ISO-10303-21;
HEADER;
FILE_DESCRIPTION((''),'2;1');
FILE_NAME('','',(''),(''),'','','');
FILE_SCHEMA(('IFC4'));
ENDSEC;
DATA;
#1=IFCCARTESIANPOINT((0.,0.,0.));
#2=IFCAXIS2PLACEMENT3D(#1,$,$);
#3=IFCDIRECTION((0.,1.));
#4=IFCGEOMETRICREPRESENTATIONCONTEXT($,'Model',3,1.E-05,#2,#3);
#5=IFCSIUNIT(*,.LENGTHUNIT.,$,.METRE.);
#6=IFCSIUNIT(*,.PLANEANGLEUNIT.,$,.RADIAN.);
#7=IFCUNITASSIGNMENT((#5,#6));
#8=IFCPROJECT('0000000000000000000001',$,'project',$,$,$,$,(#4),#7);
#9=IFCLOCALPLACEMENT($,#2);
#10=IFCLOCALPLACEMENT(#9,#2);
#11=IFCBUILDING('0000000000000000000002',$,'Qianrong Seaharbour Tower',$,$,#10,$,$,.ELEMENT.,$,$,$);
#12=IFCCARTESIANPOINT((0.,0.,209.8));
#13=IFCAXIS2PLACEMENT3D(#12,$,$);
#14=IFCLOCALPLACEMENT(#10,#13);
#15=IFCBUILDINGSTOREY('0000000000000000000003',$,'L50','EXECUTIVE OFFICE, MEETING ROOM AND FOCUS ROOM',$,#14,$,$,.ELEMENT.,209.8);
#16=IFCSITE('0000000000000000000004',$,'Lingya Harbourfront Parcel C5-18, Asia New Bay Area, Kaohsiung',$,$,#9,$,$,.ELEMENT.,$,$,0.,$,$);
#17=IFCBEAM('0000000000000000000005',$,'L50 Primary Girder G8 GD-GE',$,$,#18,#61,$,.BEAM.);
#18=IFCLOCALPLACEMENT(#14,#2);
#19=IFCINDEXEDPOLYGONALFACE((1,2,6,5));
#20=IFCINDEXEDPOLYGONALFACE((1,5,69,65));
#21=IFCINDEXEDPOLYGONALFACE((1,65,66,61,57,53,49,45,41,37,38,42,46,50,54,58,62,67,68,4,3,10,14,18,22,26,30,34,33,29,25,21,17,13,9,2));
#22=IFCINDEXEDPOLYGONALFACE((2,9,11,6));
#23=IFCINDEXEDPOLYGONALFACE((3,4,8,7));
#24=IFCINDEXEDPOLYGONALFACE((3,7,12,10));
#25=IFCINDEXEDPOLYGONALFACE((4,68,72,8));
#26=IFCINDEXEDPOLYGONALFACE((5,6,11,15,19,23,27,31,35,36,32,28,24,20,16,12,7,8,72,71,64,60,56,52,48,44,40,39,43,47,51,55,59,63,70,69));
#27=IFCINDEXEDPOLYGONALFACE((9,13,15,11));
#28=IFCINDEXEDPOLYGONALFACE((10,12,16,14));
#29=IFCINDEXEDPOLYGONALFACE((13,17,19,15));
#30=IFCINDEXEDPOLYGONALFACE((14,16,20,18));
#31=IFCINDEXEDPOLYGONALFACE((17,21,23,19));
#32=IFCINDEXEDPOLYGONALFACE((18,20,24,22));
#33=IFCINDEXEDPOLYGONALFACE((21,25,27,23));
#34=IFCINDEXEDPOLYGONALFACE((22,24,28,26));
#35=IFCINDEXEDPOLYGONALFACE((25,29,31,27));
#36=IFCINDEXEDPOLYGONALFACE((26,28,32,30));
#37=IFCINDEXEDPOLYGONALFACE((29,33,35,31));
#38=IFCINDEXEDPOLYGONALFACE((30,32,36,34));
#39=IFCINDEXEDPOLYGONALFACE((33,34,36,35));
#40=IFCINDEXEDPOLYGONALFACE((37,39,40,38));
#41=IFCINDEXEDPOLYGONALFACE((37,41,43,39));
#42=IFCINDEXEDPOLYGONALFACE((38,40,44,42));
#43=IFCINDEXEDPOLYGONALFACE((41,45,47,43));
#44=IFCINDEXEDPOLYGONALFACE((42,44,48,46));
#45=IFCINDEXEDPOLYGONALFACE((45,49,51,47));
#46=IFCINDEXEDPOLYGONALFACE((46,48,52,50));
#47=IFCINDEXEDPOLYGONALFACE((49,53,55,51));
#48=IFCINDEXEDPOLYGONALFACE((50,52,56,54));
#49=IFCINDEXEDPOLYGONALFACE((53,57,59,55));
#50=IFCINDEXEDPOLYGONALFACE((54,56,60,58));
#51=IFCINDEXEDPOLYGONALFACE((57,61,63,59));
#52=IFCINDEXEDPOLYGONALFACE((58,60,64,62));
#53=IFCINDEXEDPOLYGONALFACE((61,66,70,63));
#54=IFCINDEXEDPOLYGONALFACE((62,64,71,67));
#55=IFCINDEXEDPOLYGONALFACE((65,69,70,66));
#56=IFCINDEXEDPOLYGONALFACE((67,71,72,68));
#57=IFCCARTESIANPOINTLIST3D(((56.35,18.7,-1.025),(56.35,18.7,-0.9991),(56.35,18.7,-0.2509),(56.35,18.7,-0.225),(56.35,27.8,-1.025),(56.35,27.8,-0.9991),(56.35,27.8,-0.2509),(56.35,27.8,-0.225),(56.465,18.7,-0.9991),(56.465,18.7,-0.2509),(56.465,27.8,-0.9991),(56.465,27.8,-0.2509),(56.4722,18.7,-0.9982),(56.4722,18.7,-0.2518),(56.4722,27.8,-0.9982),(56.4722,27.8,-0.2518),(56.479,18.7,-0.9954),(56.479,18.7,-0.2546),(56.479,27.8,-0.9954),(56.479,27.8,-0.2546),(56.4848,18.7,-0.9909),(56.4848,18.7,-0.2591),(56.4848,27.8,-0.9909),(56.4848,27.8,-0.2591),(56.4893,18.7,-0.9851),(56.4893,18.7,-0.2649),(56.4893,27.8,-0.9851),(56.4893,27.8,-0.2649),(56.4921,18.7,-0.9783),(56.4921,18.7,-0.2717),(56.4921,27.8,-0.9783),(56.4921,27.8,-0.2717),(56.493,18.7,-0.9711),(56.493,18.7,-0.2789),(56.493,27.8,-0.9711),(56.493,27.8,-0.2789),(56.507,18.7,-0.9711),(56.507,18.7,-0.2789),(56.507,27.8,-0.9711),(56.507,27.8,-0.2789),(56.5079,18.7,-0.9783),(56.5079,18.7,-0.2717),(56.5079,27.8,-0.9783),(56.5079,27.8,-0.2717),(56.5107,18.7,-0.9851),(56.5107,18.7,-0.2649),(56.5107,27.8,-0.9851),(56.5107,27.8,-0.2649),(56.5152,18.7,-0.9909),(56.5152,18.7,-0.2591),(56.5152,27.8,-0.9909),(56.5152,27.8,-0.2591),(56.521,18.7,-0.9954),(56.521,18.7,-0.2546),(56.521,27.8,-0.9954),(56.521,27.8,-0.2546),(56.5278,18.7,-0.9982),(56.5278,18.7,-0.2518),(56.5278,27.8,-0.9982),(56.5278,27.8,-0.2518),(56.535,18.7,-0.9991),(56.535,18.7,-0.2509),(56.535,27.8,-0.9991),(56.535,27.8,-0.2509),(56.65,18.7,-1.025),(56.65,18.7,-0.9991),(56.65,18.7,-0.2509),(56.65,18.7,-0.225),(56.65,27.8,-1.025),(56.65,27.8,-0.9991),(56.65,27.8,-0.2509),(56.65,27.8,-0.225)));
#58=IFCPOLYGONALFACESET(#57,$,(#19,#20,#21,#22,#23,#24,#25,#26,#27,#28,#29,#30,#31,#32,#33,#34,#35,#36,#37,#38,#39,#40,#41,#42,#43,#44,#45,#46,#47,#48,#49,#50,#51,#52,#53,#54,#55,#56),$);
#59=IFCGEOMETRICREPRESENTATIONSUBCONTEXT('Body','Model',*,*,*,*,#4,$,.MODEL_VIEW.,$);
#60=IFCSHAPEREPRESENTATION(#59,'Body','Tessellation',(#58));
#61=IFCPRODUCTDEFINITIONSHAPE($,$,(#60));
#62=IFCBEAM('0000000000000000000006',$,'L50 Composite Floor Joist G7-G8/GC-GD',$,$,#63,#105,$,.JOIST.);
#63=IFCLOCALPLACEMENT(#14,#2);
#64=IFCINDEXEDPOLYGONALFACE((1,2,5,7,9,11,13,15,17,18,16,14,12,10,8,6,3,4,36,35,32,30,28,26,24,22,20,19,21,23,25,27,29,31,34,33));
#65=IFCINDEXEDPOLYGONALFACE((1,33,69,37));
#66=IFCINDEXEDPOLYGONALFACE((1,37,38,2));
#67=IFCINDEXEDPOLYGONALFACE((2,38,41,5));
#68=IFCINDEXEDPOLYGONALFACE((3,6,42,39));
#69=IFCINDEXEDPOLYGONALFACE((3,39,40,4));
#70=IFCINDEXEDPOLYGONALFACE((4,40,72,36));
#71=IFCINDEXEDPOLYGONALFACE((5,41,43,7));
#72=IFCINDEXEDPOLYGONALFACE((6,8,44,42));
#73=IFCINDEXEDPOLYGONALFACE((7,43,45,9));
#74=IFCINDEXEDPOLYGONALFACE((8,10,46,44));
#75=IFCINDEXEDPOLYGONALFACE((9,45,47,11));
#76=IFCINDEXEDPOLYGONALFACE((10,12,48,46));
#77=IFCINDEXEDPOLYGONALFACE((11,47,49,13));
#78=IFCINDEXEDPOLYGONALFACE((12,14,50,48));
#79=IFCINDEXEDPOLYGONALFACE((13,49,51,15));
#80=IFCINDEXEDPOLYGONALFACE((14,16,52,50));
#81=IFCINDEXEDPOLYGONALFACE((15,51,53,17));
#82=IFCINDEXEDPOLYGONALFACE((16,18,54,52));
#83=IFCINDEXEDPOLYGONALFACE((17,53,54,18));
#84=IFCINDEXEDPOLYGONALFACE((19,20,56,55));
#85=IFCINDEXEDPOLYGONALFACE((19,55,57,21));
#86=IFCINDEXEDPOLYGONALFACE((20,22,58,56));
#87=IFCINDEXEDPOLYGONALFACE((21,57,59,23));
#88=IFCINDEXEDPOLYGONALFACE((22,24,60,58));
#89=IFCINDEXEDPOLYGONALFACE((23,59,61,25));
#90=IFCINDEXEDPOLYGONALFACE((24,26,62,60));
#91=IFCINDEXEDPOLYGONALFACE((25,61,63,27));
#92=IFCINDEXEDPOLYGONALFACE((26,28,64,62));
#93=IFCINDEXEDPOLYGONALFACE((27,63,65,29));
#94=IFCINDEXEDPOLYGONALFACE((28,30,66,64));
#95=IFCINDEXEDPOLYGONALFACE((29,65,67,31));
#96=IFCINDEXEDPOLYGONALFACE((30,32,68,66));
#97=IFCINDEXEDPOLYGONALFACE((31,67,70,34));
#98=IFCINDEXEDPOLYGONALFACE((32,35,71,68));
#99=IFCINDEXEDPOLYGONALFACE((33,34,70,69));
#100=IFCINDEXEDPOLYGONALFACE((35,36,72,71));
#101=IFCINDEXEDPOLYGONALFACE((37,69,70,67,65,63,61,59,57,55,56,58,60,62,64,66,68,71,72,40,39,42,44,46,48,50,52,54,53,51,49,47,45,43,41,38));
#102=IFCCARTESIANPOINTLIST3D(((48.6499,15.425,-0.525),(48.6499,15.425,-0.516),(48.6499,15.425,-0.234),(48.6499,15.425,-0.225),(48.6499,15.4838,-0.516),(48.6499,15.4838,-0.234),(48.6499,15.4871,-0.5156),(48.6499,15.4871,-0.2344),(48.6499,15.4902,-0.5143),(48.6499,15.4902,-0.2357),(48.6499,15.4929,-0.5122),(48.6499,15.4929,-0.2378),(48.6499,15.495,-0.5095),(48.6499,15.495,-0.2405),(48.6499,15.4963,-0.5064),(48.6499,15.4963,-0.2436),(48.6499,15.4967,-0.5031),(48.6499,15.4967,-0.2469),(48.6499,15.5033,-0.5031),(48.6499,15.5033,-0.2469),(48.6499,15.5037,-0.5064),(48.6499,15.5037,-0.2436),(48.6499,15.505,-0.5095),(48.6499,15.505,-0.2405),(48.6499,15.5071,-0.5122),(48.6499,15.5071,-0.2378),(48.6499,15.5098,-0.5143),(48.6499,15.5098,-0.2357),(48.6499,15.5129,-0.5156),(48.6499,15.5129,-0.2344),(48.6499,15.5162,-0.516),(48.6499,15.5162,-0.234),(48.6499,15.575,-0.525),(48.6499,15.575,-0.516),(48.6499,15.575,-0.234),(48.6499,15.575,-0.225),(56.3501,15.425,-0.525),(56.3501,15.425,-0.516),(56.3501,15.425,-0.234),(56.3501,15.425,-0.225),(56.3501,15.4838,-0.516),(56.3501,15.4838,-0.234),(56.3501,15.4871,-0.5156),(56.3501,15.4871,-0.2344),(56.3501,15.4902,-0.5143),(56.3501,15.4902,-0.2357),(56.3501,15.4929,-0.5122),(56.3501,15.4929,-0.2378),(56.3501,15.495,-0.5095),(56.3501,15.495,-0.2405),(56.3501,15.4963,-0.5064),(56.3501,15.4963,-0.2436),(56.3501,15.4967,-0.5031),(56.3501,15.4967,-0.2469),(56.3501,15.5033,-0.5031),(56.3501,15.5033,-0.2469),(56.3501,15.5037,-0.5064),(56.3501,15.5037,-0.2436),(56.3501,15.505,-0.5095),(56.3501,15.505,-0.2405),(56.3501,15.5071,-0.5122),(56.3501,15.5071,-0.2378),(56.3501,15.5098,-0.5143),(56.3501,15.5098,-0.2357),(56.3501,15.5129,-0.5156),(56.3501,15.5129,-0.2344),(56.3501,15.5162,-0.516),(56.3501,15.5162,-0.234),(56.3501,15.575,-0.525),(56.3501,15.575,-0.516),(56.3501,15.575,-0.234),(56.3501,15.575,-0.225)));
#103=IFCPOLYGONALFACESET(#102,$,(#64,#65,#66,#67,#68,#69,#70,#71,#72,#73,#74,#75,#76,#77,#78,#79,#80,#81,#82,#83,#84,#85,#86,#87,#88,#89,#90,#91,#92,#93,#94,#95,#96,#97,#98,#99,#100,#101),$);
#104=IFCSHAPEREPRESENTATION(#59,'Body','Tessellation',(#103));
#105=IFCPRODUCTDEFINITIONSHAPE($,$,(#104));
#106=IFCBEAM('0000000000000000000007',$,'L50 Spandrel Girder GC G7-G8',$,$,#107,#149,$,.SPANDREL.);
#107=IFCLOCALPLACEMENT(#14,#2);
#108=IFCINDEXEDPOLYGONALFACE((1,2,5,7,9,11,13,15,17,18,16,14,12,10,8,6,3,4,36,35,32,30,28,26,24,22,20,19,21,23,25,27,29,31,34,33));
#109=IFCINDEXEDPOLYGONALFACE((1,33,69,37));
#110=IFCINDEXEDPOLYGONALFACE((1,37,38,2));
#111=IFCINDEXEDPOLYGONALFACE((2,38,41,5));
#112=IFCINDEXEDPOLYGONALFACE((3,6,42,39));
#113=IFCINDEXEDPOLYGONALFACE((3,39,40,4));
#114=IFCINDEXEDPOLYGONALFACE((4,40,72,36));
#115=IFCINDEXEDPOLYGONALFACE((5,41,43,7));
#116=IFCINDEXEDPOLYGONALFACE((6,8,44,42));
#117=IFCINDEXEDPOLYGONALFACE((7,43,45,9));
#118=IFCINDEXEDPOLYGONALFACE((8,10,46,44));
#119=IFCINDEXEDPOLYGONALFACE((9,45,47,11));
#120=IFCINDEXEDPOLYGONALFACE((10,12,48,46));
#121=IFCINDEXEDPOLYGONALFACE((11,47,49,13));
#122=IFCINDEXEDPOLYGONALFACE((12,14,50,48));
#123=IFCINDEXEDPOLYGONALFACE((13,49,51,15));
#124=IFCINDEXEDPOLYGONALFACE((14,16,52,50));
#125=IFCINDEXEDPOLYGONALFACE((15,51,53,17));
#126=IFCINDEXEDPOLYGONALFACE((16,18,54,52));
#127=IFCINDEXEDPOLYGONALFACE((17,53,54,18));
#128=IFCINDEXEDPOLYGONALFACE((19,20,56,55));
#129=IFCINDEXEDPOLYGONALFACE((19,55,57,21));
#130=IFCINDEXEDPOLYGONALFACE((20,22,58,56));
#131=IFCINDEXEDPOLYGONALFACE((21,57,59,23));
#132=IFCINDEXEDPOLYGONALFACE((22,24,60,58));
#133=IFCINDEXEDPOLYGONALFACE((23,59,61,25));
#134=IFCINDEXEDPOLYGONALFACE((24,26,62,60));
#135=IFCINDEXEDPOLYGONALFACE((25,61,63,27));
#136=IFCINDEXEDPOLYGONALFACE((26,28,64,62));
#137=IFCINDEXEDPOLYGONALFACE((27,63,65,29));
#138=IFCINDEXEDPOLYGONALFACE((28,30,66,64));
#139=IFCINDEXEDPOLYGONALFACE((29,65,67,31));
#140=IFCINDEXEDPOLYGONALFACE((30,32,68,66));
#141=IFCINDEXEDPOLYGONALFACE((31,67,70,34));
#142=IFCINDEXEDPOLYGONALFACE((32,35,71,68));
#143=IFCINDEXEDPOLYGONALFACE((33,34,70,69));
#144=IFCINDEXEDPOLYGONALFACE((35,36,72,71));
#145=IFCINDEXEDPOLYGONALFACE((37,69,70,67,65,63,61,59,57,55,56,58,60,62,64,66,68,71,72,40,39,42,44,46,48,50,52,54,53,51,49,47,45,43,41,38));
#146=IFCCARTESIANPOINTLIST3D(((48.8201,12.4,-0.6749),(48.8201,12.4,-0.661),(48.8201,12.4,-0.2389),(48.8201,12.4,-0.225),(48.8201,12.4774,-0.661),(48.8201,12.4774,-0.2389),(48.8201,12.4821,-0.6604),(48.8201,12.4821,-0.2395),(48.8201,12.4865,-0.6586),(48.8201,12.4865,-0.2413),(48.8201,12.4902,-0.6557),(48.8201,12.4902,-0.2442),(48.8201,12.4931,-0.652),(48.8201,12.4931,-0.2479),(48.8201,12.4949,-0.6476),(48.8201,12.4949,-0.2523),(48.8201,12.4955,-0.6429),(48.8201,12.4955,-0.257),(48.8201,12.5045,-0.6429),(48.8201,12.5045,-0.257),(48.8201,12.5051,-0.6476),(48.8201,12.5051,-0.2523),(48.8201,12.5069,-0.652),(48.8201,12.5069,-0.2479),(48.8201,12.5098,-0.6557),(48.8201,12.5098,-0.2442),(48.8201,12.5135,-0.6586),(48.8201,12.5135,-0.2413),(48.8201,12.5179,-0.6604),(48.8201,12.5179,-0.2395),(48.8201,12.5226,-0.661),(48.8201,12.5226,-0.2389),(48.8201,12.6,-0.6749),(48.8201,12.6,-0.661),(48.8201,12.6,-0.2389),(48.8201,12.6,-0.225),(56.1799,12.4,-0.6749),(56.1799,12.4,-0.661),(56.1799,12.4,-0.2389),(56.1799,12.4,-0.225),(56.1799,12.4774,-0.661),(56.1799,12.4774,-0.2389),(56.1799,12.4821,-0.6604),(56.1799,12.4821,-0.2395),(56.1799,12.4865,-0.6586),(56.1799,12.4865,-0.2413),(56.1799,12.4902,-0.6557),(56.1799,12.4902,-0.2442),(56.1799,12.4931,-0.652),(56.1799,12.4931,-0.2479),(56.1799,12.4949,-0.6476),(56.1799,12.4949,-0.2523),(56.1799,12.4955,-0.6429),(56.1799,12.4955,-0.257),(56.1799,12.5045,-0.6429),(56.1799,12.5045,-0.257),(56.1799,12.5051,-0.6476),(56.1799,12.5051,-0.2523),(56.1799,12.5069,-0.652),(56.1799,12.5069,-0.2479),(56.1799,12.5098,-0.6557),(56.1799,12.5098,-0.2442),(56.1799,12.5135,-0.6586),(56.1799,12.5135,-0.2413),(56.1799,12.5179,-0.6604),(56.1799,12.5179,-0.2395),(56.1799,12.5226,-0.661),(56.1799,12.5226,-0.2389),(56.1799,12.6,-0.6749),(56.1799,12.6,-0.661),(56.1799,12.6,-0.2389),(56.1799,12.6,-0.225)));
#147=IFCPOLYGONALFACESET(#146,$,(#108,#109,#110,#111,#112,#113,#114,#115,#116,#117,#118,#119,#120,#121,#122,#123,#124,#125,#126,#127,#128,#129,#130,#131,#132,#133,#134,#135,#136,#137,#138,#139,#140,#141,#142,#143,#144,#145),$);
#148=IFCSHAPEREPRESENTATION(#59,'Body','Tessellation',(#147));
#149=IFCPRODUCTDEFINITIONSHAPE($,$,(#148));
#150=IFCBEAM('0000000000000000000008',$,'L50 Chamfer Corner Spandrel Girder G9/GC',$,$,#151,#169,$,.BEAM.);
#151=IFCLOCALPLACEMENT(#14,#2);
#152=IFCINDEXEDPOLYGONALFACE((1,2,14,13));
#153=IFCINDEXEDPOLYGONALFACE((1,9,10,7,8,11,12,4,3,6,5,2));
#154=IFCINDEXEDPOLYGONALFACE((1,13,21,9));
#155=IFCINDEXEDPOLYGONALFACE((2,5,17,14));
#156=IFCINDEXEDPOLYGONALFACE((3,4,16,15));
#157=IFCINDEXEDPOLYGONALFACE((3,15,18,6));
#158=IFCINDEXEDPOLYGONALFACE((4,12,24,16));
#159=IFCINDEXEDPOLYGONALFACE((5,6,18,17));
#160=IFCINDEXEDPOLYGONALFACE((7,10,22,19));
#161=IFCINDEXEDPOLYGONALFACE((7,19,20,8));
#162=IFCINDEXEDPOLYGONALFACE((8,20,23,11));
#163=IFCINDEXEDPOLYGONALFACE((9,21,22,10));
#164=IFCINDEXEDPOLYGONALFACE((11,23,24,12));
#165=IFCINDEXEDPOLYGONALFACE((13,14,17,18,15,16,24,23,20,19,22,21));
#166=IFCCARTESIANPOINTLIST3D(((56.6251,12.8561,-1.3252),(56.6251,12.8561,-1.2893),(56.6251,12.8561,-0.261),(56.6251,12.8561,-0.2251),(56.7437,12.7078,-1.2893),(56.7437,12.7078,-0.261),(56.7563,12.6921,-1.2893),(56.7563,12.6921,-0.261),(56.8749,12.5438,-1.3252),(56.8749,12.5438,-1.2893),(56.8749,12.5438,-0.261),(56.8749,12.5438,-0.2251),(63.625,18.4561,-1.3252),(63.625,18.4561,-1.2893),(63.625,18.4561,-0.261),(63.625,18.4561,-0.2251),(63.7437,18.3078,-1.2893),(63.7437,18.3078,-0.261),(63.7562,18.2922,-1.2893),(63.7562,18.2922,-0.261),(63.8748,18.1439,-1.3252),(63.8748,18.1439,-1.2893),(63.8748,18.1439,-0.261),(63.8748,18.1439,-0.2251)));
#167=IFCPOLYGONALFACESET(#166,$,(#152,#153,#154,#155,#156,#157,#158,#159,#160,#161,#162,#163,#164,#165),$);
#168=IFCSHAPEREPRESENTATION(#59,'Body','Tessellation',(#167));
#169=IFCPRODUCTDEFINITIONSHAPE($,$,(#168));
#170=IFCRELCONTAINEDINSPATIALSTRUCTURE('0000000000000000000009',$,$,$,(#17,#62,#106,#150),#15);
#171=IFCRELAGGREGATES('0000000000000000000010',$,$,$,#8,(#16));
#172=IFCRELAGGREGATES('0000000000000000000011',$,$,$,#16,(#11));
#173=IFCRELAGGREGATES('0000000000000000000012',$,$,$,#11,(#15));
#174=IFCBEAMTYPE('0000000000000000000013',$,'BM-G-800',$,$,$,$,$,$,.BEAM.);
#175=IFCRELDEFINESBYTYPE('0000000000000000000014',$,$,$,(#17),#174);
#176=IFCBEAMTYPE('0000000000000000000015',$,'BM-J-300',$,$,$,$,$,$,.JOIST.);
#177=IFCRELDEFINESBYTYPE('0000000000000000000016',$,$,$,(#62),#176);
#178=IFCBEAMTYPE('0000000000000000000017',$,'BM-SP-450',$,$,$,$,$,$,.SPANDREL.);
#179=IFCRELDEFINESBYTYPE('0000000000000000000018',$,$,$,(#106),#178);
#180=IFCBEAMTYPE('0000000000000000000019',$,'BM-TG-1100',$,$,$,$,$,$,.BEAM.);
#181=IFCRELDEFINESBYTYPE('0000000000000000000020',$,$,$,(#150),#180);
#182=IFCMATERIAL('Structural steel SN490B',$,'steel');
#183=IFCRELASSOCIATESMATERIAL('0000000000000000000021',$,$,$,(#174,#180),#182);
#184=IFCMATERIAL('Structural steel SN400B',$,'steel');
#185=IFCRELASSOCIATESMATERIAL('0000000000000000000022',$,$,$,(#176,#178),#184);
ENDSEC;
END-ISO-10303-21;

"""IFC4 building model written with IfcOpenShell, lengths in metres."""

from ifc_helpers import new_model, si_unit, direction, frame, origin, origin_2d, place, context, subcontext, project, spatial, i_section, extrude, material, material_profile, profile_set, type_object, element, save


model = new_model("IFC4")

# Units and contexts
model_context = context("Model", 3, precision=1e-05, world=origin(), true_north=direction((0.0, 1.0)))
body_context = subcontext(model_context, "Body", "Model", "MODEL_VIEW")
ifc_project = project(units=[si_unit("LENGTHUNIT", "METRE"), si_unit("PLANEANGLEUNIT", "RADIAN")], contexts=[model_context])

# Site, building, storey
site_placement = place(None, origin())
site = spatial("IfcSite", under=ifc_project, at=site_placement, Name="Lingya Harbourfront Parcel C5-18, Asia New Bay Area, Kaohsiung", CompositionType="ELEMENT", RefElevation=0.0)
building_placement = place(site_placement, origin())
building = spatial("IfcBuilding", under=site, at=building_placement, Name="Qianrong Seaharbour Tower", CompositionType="ELEMENT")
storey_placement = place(building_placement, frame((0.0, 0.0, 209.8)))
storey = spatial("IfcBuildingStorey", under=building, at=storey_placement, Name="L50", Description="EXECUTIVE OFFICE, MEETING ROOM AND FOCUS ROOM", CompositionType="ELEMENT", Elevation=209.8)

# Shared definitions
ifc_material_1 = material(Name="Structural steel SN490B", Category="steel")

# Beams
ifc_material_profile_1 = material_profile(ifc_material_1, i_section(OverallWidth=0.3, OverallDepth=0.8, WebThickness=0.0139, FlangeThickness=0.0259, FilletRadius=0.0281, at=origin_2d()), Name="H800x300x14x26")
ifc_profile_set_1 = profile_set([ifc_material_profile_1], Name="Structural steel SN490B")
beam_type_1 = type_object("IfcBeamType", Name="BM-G-800", PredefinedType="BEAM", material=ifc_profile_set_1)
for number, where, z_axis, x_axis, name in (
    (1, (56.5, 18.7, -0.625), (0.0, 1.0, 0.0), (-1.0, 0.0, 0.0), "L50 Primary Girder G8 GD-GE"),
):
    element("IfcBeam", number, at=place(storey_placement, frame(where, z_axis=z_axis, x_axis=x_axis)), inside=storey, type_object=beam_type_1, Name=name, PredefinedType="BEAM", context=body_context, shape_type="SweptSolid", body=[
        extrude(i_section(OverallWidth=0.3, OverallDepth=0.8, WebThickness=0.0139, FlangeThickness=0.0259, FilletRadius=0.0281, at=origin_2d()), origin(), (0.0, 0.0, 1.0), 9.1001),
    ])
ifc_material_2 = material(Name="Structural steel SN400B", Category="steel")
ifc_material_profile_2 = material_profile(ifc_material_2, i_section(OverallWidth=0.1499, OverallDepth=0.3, WebThickness=0.0066, FlangeThickness=0.009, FilletRadius=0.0129, at=origin_2d()), Name="H300x150x6.5x9")
ifc_profile_set_2 = profile_set([ifc_material_profile_2], Name="Structural steel SN400B")
beam_type_2 = type_object("IfcBeamType", Name="BM-J-300", PredefinedType="JOIST", material=ifc_profile_set_2)
beam_1_placement = place(storey_placement, frame((48.6499, 15.5, -0.375), z_axis=(1.0, 0.0, 0.0), x_axis=(0.0, 1.0, 0.0)))
element("IfcBeam", 2, at=beam_1_placement, inside=storey, type_object=beam_type_2, Name="L50 Composite Floor Joist G7-G8/GC-GD", PredefinedType="JOIST", context=body_context, shape_type="SweptSolid", body=[
    extrude(i_section(OverallWidth=0.1499, OverallDepth=0.3, WebThickness=0.0066, FlangeThickness=0.009, FilletRadius=0.0129, at=origin_2d()), origin(), (0.0, 0.0, 1.0), 7.7002),
])
ifc_material_profile_3 = material_profile(ifc_material_2, i_section(OverallWidth=0.2, OverallDepth=0.45, WebThickness=0.009, FlangeThickness=0.0139, FilletRadius=0.0181, at=origin_2d()), Name="H450x200x9x14")
ifc_profile_set_3 = profile_set([ifc_material_profile_3], Name="Structural steel SN400B")
beam_type_3 = type_object("IfcBeamType", Name="BM-SP-450", PredefinedType="SPANDREL", material=ifc_profile_set_3)
beam_2_placement = place(storey_placement, frame((48.8201, 12.5, -0.45), z_axis=(1.0, 0.0, 0.0), x_axis=(0.0, 1.0, 0.0)))
element("IfcBeam", 3, at=beam_2_placement, inside=storey, type_object=beam_type_3, Name="L50 Spandrel Girder GC G7-G8", PredefinedType="SPANDREL", context=body_context, shape_type="SweptSolid", body=[
    extrude(i_section(OverallWidth=0.2, OverallDepth=0.45, WebThickness=0.009, FlangeThickness=0.0139, FilletRadius=0.0181, at=origin_2d()), origin(), (0.0, 0.0, 1.0), 7.3599),
])
ifc_material_profile_4 = material_profile(ifc_material_1, i_section(OverallWidth=0.3999, OverallDepth=1.1001, WebThickness=0.02, FlangeThickness=0.0359, at=origin_2d()), Name="BH1100x400x20x36")
ifc_profile_set_4 = profile_set([ifc_material_profile_4], Name="Structural steel SN490B")
beam_type_4 = type_object("IfcBeamType", Name="BM-TG-1100", PredefinedType="BEAM", material=ifc_profile_set_4)
beam_3_placement = place(storey_placement, frame((56.75, 12.7, -0.7751), z_axis=(0.780863, 0.624702, 0.0), x_axis=(-0.624702, 0.780863, 0.0)))
element("IfcBeam", 4, at=beam_3_placement, inside=storey, type_object=beam_type_4, Name="L50 Chamfer Corner Spandrel Girder G9/GC", PredefinedType="BEAM", context=body_context, shape_type="SweptSolid", body=[
    extrude(i_section(OverallWidth=0.3999, OverallDepth=1.1001, WebThickness=0.02, FlangeThickness=0.0359, at=origin_2d()), origin(), (0.0, 0.0, 1.0), 8.9644),
])

save(model, "model.ifc")
